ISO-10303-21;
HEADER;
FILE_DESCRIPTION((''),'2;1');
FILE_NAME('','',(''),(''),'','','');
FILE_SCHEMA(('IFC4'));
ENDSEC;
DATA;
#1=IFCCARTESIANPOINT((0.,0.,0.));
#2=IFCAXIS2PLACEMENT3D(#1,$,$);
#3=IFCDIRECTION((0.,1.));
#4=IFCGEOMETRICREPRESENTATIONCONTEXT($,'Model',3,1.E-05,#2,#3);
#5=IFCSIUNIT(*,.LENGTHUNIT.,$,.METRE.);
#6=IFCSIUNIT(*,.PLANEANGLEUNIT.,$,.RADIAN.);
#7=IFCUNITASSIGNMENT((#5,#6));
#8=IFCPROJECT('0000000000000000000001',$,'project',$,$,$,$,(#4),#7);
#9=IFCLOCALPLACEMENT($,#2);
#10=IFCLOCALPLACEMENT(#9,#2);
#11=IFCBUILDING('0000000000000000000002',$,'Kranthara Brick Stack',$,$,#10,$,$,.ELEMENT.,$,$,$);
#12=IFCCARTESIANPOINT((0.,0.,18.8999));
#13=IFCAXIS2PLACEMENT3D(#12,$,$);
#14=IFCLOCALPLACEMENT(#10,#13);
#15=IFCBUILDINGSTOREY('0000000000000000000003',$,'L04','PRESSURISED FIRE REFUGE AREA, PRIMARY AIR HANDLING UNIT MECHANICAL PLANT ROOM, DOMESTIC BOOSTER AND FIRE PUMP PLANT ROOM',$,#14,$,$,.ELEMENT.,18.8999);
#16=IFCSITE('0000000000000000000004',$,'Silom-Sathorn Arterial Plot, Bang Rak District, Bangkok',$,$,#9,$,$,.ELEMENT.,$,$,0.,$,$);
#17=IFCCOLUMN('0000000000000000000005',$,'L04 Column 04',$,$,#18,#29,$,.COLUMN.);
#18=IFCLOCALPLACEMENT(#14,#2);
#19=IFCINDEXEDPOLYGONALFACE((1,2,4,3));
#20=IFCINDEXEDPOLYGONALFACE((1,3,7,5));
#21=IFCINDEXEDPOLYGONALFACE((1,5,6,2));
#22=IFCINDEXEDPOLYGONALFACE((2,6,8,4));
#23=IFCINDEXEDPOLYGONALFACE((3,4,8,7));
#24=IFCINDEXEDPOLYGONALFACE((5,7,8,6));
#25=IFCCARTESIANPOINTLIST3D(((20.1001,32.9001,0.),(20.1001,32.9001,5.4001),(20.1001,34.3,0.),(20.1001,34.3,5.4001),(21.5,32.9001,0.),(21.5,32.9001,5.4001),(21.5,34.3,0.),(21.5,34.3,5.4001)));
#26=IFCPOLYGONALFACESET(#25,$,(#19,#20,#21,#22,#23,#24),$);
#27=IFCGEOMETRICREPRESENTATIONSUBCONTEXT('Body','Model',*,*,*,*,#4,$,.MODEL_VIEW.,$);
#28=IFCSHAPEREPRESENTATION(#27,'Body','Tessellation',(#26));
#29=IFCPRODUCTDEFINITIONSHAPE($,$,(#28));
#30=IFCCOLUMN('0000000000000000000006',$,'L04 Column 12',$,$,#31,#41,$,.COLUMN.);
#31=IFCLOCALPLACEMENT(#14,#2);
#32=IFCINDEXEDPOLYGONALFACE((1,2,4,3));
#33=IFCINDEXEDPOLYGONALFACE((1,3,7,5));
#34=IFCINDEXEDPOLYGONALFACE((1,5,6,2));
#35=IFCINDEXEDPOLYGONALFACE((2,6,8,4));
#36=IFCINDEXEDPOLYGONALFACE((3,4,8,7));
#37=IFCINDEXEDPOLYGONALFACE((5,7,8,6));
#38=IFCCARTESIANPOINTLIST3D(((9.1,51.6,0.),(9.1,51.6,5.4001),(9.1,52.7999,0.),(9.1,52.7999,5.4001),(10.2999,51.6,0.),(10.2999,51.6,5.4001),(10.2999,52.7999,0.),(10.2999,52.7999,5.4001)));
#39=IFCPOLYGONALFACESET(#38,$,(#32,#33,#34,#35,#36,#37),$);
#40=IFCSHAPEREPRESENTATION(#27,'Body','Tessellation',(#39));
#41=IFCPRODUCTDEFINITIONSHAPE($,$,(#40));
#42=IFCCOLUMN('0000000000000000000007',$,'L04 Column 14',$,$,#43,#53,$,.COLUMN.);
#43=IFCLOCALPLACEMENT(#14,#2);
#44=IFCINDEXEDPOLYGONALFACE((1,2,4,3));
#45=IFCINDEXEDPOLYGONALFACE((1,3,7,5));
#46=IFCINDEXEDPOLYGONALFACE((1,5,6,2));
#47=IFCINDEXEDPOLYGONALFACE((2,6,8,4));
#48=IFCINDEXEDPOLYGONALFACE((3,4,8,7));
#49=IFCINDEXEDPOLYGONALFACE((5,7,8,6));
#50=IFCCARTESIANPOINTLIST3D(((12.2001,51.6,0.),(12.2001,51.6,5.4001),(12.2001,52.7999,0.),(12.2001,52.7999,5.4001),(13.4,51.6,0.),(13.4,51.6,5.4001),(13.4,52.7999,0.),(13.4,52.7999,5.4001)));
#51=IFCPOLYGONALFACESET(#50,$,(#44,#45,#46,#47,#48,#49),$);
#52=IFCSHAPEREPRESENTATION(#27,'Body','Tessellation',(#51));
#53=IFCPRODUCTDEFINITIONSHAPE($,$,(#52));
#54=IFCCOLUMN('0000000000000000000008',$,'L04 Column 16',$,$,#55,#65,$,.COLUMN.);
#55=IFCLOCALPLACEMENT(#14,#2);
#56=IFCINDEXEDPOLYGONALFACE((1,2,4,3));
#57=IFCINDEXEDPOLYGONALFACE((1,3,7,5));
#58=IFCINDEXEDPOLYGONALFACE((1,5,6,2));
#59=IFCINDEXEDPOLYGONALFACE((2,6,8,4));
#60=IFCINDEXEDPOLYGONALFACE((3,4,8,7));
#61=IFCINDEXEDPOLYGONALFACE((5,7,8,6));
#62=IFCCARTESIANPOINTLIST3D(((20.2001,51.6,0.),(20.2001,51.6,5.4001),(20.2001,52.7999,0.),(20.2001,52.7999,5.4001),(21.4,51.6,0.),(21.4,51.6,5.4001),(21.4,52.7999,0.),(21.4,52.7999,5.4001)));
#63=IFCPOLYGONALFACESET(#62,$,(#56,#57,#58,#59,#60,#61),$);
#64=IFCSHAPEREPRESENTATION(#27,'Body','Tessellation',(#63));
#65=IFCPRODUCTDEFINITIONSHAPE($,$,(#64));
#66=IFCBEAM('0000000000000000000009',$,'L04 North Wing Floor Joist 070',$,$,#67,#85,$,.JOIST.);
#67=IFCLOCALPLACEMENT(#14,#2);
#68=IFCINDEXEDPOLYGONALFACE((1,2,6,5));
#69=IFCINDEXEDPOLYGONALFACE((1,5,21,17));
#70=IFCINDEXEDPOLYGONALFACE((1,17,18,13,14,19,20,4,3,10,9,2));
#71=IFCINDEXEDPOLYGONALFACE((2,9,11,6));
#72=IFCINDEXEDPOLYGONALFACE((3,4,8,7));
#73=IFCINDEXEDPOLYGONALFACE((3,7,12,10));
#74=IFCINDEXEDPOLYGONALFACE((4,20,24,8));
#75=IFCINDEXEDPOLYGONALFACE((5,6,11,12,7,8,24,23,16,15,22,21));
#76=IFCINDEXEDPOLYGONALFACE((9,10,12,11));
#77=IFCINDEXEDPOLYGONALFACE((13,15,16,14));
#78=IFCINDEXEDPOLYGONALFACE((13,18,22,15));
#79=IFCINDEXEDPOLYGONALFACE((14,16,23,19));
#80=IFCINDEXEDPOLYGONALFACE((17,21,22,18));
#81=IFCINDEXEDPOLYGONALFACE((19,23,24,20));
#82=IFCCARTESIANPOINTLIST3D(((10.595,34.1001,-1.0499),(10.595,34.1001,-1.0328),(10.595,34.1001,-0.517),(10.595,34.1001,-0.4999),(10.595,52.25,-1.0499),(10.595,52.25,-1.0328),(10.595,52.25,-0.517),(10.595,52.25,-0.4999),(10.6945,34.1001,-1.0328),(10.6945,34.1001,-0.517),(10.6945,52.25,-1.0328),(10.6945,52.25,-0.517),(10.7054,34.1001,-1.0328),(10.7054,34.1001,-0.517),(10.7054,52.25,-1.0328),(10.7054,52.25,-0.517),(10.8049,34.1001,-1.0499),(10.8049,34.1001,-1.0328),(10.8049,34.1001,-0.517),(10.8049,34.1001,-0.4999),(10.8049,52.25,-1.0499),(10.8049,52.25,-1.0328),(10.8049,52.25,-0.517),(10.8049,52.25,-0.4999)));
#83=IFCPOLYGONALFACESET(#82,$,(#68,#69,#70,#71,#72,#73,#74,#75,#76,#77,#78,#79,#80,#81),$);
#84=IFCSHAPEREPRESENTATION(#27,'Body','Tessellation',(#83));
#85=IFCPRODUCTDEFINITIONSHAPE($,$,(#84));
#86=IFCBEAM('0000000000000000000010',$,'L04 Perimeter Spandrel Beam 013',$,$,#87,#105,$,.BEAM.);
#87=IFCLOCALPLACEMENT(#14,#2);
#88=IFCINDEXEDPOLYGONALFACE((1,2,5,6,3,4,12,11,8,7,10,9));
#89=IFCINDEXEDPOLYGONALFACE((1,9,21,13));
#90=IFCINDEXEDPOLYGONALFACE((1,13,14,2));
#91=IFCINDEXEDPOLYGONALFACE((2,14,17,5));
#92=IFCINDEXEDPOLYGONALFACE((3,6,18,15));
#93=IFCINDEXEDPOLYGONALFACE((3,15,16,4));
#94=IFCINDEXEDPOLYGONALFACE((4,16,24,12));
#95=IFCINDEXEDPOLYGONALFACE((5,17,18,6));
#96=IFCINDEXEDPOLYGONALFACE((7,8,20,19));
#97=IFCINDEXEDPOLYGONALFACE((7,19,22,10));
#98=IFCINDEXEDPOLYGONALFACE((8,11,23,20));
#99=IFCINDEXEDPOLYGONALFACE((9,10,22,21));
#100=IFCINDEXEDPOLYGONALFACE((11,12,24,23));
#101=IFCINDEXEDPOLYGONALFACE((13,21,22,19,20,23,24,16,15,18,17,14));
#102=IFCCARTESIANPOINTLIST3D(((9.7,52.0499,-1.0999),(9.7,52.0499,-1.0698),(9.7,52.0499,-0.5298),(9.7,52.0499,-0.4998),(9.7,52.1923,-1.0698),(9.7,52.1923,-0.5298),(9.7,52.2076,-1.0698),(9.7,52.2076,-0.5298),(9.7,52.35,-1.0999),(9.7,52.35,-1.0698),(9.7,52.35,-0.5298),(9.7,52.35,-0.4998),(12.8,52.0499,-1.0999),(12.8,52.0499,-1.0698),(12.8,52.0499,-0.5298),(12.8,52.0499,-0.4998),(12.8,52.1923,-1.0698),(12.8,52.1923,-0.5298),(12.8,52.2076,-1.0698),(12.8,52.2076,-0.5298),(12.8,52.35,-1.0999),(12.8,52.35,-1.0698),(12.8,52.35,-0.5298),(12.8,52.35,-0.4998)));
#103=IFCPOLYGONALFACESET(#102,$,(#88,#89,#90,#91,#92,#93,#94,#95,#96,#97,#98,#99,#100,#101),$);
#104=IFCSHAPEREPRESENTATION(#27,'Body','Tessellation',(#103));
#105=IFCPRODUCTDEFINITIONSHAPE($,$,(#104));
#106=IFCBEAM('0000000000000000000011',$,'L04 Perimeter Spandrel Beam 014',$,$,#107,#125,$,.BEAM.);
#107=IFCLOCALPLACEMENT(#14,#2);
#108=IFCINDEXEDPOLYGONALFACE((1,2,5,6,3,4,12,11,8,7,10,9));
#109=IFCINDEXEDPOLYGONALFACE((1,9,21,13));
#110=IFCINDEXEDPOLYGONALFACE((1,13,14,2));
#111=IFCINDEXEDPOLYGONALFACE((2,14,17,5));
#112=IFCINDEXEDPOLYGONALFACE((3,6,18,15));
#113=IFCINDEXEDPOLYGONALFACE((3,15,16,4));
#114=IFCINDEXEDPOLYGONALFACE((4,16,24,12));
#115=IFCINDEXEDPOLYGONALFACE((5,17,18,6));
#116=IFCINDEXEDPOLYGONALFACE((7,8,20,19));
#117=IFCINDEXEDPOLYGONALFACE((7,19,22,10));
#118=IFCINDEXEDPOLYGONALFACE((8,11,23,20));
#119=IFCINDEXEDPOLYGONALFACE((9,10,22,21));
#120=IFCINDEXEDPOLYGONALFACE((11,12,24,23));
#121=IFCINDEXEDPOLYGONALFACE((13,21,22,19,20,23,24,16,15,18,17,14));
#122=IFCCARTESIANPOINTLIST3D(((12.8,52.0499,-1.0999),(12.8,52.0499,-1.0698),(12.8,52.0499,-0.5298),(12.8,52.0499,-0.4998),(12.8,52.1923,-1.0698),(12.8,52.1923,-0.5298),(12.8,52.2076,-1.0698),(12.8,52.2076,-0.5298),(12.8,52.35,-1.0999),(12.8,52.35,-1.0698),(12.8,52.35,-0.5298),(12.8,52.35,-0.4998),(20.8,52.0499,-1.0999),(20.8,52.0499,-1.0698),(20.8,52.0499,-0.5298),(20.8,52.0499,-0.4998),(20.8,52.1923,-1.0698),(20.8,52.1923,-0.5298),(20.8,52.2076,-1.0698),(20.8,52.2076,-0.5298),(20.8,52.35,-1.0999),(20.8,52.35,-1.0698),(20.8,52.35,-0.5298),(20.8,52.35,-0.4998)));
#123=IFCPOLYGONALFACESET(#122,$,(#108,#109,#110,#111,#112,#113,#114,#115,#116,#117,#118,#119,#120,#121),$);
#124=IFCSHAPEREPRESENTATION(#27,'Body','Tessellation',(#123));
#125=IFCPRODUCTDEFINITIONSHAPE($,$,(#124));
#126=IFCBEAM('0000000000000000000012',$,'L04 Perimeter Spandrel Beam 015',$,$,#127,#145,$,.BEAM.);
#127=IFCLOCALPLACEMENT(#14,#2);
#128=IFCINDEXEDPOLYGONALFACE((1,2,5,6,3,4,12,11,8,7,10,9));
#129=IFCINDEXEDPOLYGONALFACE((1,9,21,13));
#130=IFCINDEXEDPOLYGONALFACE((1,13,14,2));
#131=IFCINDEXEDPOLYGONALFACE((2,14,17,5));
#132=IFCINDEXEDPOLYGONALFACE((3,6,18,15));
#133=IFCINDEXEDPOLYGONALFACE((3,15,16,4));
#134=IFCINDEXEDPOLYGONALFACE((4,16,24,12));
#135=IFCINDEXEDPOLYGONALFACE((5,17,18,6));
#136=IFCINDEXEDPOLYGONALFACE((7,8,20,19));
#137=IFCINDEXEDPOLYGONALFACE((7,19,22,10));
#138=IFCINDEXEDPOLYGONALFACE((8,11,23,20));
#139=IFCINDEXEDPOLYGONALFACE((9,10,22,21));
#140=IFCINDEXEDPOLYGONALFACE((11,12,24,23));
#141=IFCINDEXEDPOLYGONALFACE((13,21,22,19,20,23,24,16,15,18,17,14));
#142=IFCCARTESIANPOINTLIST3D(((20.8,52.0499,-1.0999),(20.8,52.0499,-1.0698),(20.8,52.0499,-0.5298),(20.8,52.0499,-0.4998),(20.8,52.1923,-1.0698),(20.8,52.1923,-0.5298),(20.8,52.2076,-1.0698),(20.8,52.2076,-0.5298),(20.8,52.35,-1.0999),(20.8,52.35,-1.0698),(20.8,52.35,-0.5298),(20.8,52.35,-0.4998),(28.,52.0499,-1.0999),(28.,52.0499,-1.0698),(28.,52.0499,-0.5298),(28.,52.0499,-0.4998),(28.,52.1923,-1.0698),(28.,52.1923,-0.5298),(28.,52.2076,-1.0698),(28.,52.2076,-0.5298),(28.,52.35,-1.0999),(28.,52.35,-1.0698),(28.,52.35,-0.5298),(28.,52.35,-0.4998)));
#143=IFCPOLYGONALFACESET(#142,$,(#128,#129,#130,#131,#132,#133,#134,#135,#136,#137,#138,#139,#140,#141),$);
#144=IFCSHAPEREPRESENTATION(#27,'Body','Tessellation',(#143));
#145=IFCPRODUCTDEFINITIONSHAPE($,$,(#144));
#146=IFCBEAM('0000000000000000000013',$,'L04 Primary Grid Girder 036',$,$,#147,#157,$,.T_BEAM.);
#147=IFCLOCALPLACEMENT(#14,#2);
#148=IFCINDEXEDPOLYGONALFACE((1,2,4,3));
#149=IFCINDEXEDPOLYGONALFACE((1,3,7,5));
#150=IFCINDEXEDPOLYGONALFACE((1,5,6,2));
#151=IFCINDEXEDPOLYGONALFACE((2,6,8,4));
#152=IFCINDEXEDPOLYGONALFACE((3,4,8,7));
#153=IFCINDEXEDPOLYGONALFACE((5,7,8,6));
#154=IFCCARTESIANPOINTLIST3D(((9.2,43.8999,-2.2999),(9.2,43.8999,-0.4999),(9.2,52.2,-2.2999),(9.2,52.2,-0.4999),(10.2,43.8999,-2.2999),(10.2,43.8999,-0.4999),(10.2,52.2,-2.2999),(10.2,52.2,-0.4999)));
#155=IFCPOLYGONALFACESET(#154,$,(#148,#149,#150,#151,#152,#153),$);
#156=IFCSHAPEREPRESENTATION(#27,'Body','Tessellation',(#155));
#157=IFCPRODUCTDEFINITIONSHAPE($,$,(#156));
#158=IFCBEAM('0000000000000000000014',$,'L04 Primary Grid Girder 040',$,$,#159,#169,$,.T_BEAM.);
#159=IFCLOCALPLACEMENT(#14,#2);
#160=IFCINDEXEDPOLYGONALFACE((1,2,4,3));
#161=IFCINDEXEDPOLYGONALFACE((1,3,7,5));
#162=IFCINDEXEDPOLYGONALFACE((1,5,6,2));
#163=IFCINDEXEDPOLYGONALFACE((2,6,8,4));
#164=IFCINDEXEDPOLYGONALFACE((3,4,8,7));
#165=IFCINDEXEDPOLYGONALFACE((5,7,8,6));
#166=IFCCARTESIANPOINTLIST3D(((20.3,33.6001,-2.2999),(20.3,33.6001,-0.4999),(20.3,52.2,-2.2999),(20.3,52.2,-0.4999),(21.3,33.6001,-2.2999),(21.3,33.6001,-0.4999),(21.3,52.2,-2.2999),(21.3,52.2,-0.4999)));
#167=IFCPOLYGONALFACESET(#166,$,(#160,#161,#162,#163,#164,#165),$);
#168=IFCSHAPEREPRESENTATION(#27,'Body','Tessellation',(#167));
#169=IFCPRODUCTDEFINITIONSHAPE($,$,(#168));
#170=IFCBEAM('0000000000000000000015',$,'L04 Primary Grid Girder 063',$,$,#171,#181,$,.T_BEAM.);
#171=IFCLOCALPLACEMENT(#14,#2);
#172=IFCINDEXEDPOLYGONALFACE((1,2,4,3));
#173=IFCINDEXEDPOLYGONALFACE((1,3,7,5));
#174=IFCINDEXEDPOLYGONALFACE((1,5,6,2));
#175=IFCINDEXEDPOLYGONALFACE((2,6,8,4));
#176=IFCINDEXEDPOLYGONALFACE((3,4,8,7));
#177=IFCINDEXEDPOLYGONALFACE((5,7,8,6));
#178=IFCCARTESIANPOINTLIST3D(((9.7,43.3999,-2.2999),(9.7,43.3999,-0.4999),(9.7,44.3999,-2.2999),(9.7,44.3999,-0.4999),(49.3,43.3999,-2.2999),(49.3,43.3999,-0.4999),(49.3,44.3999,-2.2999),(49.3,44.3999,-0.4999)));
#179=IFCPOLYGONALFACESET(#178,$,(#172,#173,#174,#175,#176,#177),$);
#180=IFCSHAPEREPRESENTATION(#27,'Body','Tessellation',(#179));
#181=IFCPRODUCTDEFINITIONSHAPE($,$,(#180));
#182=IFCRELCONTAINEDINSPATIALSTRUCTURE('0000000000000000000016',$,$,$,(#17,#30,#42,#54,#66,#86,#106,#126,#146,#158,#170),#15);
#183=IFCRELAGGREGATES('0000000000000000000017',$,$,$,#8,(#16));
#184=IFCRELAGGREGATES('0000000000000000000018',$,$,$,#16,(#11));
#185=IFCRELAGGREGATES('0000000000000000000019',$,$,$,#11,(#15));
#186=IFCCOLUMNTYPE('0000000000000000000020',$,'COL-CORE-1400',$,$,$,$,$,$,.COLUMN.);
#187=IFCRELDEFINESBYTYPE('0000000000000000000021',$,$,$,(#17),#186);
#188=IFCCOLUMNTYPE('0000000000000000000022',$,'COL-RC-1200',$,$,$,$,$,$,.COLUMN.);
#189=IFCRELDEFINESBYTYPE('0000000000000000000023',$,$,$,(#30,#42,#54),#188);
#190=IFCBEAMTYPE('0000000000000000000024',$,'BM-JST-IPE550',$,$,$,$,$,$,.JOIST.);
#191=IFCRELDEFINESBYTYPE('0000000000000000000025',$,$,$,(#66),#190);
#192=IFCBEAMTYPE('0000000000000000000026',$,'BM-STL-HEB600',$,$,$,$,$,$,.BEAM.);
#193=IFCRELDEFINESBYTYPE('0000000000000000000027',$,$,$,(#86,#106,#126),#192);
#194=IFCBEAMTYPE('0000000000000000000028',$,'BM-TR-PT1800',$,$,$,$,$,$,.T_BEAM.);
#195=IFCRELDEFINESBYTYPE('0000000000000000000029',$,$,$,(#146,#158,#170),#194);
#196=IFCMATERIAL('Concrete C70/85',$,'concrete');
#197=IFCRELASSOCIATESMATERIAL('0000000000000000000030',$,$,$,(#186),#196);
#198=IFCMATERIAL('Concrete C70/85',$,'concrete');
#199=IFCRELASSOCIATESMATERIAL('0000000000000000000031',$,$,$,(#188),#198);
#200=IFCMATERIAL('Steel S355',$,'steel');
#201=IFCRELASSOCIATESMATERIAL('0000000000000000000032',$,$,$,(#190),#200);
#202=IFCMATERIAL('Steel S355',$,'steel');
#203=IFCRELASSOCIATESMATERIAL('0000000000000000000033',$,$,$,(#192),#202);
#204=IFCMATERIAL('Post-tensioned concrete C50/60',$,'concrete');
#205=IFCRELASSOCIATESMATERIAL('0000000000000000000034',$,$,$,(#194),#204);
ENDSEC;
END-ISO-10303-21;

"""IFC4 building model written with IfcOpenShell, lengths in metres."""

from ifc_helpers import new_model, si_unit, direction, frame, origin, origin_2d, place, context, subcontext, project, spatial, rectangle, i_section, extrude, material, material_profile, profile_set, type_object, element, save


model = new_model("IFC4")

# Units and contexts
model_context = context("Model", 3, precision=1e-05, world=origin(), true_north=direction((0.0, 1.0)))
body_context = subcontext(model_context, "Body", "Model", "MODEL_VIEW")
ifc_project = project(units=[si_unit("LENGTHUNIT", "METRE"), si_unit("PLANEANGLEUNIT", "RADIAN")], contexts=[model_context])

# Site, building, storey
site_placement = place(None, origin())
site = spatial("IfcSite", under=ifc_project, at=site_placement, Name="Silom-Sathorn Arterial Plot, Bang Rak District, Bangkok", CompositionType="ELEMENT", RefElevation=0.0)
building_placement = place(site_placement, origin())
building = spatial("IfcBuilding", under=site, at=building_placement, Name="Kranthara Brick Stack", CompositionType="ELEMENT")
storey_placement = place(building_placement, frame((0.0, 0.0, 18.8999)))
storey = spatial("IfcBuildingStorey", under=building, at=storey_placement, Name="L04", Description="PRESSURISED FIRE REFUGE AREA, PRIMARY AIR HANDLING UNIT MECHANICAL PLANT ROOM, DOMESTIC BOOSTER AND FIRE PUMP PLANT ROOM", CompositionType="ELEMENT", Elevation=18.8999)

# Columns
ifc_material_1 = material(Name="Concrete C70/85", Category="concrete")
ifc_material_profile_1 = material_profile(ifc_material_1, rectangle(XDim=1.3999, YDim=1.3999, at=origin_2d()), Name="RC 1400x1400")
ifc_profile_set_1 = profile_set([ifc_material_profile_1], Name="Concrete C70/85")
column_type_1 = type_object("IfcColumnType", Name="COL-CORE-1400", PredefinedType="COLUMN", material=ifc_profile_set_1)
column_placement = place(storey_placement, frame((20.8, 33.6001, 0.0), z_axis=(0.0, 0.0, 1.0), x_axis=(1.0, 0.0, 0.0)))
element("IfcColumn", 1, at=column_placement, inside=storey, type_object=column_type_1, Name="L04 Column 04", PredefinedType="COLUMN", context=body_context, shape_type="SweptSolid", body=[
    extrude(rectangle(XDim=1.3999, YDim=1.3999, at=origin_2d()), origin(), (0.0, 0.0, 1.0), 5.4001),
])
ifc_material_2 = material(Name="Concrete C70/85", Category="concrete")
ifc_material_profile_2 = material_profile(ifc_material_2, rectangle(XDim=1.2, YDim=1.2, at=origin_2d()), Name="RC 1200x1200")
ifc_profile_set_2 = profile_set([ifc_material_profile_2], Name="Concrete C70/85")
column_type_2 = type_object("IfcColumnType", Name="COL-RC-1200", PredefinedType="COLUMN", material=ifc_profile_set_2)
for number, where, z_axis, x_axis, name in (
    (2, (9.7, 52.2, 0.0), (0.0, 0.0, 1.0), (1.0, 0.0, 0.0), "L04 Column 12"),
    (3, (12.8, 52.2, 0.0), (0.0, 0.0, 1.0), (1.0, 0.0, 0.0), "L04 Column 14"),
    (4, (20.8, 52.2, 0.0), (0.0, 0.0, 1.0), (1.0, 0.0, 0.0), "L04 Column 16"),
):
    element("IfcColumn", number, at=place(storey_placement, frame(where, z_axis=z_axis, x_axis=x_axis)), inside=storey, type_object=column_type_2, Name=name, PredefinedType="COLUMN", context=body_context, shape_type="SweptSolid", body=[
        extrude(rectangle(XDim=1.2, YDim=1.2, at=origin_2d()), origin(), (0.0, 0.0, 1.0), 5.4001),
    ])

# Beams
ifc_material_3 = material(Name="Steel S355", Category="steel")
ifc_material_profile_3 = material_profile(ifc_material_3, i_section(OverallWidth=0.21, OverallDepth=0.55, WebThickness=0.011, FlangeThickness=0.0171, at=origin_2d()), Name="IPE 550")
ifc_profile_set_3 = profile_set([ifc_material_profile_3], Name="Steel S355")
beam_type_1 = type_object("IfcBeamType", Name="BM-JST-IPE550", PredefinedType="JOIST", material=ifc_profile_set_3)
beam_1_placement = place(storey_placement, frame((10.7, 34.1001, -0.7749), z_axis=(0.0, 1.0, 0.0), x_axis=(-1.0, 0.0, 0.0)))
element("IfcBeam", 5, at=beam_1_placement, inside=storey, type_object=beam_type_1, Name="L04 North Wing Floor Joist 070", PredefinedType="JOIST", context=body_context, shape_type="SweptSolid", body=[
    extrude(i_section(OverallWidth=0.21, OverallDepth=0.55, WebThickness=0.011, FlangeThickness=0.0171, at=origin_2d()), origin(), (0.0, 0.0, 1.0), 18.1499),
])
ifc_material_4 = material(Name="Steel S355", Category="steel")
ifc_material_profile_4 = material_profile(ifc_material_4, i_section(OverallWidth=0.3, OverallDepth=0.6001, WebThickness=0.0154, FlangeThickness=0.03, at=origin_2d()), Name="HEB 600")
ifc_profile_set_4 = profile_set([ifc_material_profile_4], Name="Steel S355")
beam_type_2 = type_object("IfcBeamType", Name="BM-STL-HEB600", PredefinedType="BEAM", material=ifc_profile_set_4)
beam_2_placement = place(storey_placement, frame((9.7, 52.2, -0.7998), z_axis=(1.0, 0.0, 0.0), x_axis=(0.0, 1.0, 0.0)))
element("IfcBeam", 6, at=beam_2_placement, inside=storey, type_object=beam_type_2, Name="L04 Perimeter Spandrel Beam 013", PredefinedType="BEAM", context=body_context, shape_type="SweptSolid", body=[
    extrude(i_section(OverallWidth=0.3, OverallDepth=0.6001, WebThickness=0.0154, FlangeThickness=0.03, at=origin_2d()), origin(), (0.0, 0.0, 1.0), 3.1001),
])
beam_3_placement = place(storey_placement, frame((12.8, 52.2, -0.7998), z_axis=(1.0, 0.0, 0.0), x_axis=(0.0, 1.0, 0.0)))
element("IfcBeam", 7, at=beam_3_placement, inside=storey, type_object=beam_type_2, Name="L04 Perimeter Spandrel Beam 014", PredefinedType="BEAM", context=body_context, shape_type="SweptSolid", body=[
    extrude(i_section(OverallWidth=0.3, OverallDepth=0.6001, WebThickness=0.0154, FlangeThickness=0.03, at=origin_2d()), origin(), (0.0, 0.0, 1.0), 8.0),
])
beam_4_placement = place(storey_placement, frame((20.8, 52.2, -0.7998), z_axis=(1.0, 0.0, 0.0), x_axis=(0.0, 1.0, 0.0)))
element("IfcBeam", 8, at=beam_4_placement, inside=storey, type_object=beam_type_2, Name="L04 Perimeter Spandrel Beam 015", PredefinedType="BEAM", context=body_context, shape_type="SweptSolid", body=[
    extrude(i_section(OverallWidth=0.3, OverallDepth=0.6001, WebThickness=0.0154, FlangeThickness=0.03, at=origin_2d()), origin(), (0.0, 0.0, 1.0), 7.2),
])
ifc_material_5 = material(Name="Post-tensioned concrete C50/60", Category="concrete")
ifc_material_profile_5 = material_profile(ifc_material_5, rectangle(XDim=1.0, YDim=1.8, at=origin_2d()), Name="PT 1000x1800")
ifc_profile_set_5 = profile_set([ifc_material_profile_5], Name="Post-tensioned concrete C50/60")
beam_type_3 = type_object("IfcBeamType", Name="BM-TR-PT1800", PredefinedType="T_BEAM", material=ifc_profile_set_5)
beam_5_placement = place(storey_placement, frame((9.7, 43.8999, -1.3999), z_axis=(0.0, 1.0, 0.0), x_axis=(-1.0, 0.0, 0.0)))
element("IfcBeam", 9, at=beam_5_placement, inside=storey, type_object=beam_type_3, Name="L04 Primary Grid Girder 036", PredefinedType="T_BEAM", context=body_context, shape_type="SweptSolid", body=[
    extrude(rectangle(XDim=1.0, YDim=1.8, at=origin_2d()), origin(), (0.0, 0.0, 1.0), 8.3),
])
beam_6_placement = place(storey_placement, frame((20.8, 33.6001, -1.3999), z_axis=(0.0, 1.0, 0.0), x_axis=(-1.0, 0.0, 0.0)))
element("IfcBeam", 10, at=beam_6_placement, inside=storey, type_object=beam_type_3, Name="L04 Primary Grid Girder 040", PredefinedType="T_BEAM", context=body_context, shape_type="SweptSolid", body=[
    extrude(rectangle(XDim=1.0, YDim=1.8, at=origin_2d()), origin(), (0.0, 0.0, 1.0), 18.5999),
])
beam_7_placement = place(storey_placement, frame((9.7, 43.8999, -1.3999), z_axis=(1.0, 0.0, 0.0), x_axis=(0.0, 1.0, 0.0)))
element("IfcBeam", 11, at=beam_7_placement, inside=storey, type_object=beam_type_3, Name="L04 Primary Grid Girder 063", PredefinedType="T_BEAM", context=body_context, shape_type="SweptSolid", body=[
    extrude(rectangle(XDim=1.0, YDim=1.8, at=origin_2d()), origin(), (0.0, 0.0, 1.0), 39.6001),
])

save(model, "model.ifc")
